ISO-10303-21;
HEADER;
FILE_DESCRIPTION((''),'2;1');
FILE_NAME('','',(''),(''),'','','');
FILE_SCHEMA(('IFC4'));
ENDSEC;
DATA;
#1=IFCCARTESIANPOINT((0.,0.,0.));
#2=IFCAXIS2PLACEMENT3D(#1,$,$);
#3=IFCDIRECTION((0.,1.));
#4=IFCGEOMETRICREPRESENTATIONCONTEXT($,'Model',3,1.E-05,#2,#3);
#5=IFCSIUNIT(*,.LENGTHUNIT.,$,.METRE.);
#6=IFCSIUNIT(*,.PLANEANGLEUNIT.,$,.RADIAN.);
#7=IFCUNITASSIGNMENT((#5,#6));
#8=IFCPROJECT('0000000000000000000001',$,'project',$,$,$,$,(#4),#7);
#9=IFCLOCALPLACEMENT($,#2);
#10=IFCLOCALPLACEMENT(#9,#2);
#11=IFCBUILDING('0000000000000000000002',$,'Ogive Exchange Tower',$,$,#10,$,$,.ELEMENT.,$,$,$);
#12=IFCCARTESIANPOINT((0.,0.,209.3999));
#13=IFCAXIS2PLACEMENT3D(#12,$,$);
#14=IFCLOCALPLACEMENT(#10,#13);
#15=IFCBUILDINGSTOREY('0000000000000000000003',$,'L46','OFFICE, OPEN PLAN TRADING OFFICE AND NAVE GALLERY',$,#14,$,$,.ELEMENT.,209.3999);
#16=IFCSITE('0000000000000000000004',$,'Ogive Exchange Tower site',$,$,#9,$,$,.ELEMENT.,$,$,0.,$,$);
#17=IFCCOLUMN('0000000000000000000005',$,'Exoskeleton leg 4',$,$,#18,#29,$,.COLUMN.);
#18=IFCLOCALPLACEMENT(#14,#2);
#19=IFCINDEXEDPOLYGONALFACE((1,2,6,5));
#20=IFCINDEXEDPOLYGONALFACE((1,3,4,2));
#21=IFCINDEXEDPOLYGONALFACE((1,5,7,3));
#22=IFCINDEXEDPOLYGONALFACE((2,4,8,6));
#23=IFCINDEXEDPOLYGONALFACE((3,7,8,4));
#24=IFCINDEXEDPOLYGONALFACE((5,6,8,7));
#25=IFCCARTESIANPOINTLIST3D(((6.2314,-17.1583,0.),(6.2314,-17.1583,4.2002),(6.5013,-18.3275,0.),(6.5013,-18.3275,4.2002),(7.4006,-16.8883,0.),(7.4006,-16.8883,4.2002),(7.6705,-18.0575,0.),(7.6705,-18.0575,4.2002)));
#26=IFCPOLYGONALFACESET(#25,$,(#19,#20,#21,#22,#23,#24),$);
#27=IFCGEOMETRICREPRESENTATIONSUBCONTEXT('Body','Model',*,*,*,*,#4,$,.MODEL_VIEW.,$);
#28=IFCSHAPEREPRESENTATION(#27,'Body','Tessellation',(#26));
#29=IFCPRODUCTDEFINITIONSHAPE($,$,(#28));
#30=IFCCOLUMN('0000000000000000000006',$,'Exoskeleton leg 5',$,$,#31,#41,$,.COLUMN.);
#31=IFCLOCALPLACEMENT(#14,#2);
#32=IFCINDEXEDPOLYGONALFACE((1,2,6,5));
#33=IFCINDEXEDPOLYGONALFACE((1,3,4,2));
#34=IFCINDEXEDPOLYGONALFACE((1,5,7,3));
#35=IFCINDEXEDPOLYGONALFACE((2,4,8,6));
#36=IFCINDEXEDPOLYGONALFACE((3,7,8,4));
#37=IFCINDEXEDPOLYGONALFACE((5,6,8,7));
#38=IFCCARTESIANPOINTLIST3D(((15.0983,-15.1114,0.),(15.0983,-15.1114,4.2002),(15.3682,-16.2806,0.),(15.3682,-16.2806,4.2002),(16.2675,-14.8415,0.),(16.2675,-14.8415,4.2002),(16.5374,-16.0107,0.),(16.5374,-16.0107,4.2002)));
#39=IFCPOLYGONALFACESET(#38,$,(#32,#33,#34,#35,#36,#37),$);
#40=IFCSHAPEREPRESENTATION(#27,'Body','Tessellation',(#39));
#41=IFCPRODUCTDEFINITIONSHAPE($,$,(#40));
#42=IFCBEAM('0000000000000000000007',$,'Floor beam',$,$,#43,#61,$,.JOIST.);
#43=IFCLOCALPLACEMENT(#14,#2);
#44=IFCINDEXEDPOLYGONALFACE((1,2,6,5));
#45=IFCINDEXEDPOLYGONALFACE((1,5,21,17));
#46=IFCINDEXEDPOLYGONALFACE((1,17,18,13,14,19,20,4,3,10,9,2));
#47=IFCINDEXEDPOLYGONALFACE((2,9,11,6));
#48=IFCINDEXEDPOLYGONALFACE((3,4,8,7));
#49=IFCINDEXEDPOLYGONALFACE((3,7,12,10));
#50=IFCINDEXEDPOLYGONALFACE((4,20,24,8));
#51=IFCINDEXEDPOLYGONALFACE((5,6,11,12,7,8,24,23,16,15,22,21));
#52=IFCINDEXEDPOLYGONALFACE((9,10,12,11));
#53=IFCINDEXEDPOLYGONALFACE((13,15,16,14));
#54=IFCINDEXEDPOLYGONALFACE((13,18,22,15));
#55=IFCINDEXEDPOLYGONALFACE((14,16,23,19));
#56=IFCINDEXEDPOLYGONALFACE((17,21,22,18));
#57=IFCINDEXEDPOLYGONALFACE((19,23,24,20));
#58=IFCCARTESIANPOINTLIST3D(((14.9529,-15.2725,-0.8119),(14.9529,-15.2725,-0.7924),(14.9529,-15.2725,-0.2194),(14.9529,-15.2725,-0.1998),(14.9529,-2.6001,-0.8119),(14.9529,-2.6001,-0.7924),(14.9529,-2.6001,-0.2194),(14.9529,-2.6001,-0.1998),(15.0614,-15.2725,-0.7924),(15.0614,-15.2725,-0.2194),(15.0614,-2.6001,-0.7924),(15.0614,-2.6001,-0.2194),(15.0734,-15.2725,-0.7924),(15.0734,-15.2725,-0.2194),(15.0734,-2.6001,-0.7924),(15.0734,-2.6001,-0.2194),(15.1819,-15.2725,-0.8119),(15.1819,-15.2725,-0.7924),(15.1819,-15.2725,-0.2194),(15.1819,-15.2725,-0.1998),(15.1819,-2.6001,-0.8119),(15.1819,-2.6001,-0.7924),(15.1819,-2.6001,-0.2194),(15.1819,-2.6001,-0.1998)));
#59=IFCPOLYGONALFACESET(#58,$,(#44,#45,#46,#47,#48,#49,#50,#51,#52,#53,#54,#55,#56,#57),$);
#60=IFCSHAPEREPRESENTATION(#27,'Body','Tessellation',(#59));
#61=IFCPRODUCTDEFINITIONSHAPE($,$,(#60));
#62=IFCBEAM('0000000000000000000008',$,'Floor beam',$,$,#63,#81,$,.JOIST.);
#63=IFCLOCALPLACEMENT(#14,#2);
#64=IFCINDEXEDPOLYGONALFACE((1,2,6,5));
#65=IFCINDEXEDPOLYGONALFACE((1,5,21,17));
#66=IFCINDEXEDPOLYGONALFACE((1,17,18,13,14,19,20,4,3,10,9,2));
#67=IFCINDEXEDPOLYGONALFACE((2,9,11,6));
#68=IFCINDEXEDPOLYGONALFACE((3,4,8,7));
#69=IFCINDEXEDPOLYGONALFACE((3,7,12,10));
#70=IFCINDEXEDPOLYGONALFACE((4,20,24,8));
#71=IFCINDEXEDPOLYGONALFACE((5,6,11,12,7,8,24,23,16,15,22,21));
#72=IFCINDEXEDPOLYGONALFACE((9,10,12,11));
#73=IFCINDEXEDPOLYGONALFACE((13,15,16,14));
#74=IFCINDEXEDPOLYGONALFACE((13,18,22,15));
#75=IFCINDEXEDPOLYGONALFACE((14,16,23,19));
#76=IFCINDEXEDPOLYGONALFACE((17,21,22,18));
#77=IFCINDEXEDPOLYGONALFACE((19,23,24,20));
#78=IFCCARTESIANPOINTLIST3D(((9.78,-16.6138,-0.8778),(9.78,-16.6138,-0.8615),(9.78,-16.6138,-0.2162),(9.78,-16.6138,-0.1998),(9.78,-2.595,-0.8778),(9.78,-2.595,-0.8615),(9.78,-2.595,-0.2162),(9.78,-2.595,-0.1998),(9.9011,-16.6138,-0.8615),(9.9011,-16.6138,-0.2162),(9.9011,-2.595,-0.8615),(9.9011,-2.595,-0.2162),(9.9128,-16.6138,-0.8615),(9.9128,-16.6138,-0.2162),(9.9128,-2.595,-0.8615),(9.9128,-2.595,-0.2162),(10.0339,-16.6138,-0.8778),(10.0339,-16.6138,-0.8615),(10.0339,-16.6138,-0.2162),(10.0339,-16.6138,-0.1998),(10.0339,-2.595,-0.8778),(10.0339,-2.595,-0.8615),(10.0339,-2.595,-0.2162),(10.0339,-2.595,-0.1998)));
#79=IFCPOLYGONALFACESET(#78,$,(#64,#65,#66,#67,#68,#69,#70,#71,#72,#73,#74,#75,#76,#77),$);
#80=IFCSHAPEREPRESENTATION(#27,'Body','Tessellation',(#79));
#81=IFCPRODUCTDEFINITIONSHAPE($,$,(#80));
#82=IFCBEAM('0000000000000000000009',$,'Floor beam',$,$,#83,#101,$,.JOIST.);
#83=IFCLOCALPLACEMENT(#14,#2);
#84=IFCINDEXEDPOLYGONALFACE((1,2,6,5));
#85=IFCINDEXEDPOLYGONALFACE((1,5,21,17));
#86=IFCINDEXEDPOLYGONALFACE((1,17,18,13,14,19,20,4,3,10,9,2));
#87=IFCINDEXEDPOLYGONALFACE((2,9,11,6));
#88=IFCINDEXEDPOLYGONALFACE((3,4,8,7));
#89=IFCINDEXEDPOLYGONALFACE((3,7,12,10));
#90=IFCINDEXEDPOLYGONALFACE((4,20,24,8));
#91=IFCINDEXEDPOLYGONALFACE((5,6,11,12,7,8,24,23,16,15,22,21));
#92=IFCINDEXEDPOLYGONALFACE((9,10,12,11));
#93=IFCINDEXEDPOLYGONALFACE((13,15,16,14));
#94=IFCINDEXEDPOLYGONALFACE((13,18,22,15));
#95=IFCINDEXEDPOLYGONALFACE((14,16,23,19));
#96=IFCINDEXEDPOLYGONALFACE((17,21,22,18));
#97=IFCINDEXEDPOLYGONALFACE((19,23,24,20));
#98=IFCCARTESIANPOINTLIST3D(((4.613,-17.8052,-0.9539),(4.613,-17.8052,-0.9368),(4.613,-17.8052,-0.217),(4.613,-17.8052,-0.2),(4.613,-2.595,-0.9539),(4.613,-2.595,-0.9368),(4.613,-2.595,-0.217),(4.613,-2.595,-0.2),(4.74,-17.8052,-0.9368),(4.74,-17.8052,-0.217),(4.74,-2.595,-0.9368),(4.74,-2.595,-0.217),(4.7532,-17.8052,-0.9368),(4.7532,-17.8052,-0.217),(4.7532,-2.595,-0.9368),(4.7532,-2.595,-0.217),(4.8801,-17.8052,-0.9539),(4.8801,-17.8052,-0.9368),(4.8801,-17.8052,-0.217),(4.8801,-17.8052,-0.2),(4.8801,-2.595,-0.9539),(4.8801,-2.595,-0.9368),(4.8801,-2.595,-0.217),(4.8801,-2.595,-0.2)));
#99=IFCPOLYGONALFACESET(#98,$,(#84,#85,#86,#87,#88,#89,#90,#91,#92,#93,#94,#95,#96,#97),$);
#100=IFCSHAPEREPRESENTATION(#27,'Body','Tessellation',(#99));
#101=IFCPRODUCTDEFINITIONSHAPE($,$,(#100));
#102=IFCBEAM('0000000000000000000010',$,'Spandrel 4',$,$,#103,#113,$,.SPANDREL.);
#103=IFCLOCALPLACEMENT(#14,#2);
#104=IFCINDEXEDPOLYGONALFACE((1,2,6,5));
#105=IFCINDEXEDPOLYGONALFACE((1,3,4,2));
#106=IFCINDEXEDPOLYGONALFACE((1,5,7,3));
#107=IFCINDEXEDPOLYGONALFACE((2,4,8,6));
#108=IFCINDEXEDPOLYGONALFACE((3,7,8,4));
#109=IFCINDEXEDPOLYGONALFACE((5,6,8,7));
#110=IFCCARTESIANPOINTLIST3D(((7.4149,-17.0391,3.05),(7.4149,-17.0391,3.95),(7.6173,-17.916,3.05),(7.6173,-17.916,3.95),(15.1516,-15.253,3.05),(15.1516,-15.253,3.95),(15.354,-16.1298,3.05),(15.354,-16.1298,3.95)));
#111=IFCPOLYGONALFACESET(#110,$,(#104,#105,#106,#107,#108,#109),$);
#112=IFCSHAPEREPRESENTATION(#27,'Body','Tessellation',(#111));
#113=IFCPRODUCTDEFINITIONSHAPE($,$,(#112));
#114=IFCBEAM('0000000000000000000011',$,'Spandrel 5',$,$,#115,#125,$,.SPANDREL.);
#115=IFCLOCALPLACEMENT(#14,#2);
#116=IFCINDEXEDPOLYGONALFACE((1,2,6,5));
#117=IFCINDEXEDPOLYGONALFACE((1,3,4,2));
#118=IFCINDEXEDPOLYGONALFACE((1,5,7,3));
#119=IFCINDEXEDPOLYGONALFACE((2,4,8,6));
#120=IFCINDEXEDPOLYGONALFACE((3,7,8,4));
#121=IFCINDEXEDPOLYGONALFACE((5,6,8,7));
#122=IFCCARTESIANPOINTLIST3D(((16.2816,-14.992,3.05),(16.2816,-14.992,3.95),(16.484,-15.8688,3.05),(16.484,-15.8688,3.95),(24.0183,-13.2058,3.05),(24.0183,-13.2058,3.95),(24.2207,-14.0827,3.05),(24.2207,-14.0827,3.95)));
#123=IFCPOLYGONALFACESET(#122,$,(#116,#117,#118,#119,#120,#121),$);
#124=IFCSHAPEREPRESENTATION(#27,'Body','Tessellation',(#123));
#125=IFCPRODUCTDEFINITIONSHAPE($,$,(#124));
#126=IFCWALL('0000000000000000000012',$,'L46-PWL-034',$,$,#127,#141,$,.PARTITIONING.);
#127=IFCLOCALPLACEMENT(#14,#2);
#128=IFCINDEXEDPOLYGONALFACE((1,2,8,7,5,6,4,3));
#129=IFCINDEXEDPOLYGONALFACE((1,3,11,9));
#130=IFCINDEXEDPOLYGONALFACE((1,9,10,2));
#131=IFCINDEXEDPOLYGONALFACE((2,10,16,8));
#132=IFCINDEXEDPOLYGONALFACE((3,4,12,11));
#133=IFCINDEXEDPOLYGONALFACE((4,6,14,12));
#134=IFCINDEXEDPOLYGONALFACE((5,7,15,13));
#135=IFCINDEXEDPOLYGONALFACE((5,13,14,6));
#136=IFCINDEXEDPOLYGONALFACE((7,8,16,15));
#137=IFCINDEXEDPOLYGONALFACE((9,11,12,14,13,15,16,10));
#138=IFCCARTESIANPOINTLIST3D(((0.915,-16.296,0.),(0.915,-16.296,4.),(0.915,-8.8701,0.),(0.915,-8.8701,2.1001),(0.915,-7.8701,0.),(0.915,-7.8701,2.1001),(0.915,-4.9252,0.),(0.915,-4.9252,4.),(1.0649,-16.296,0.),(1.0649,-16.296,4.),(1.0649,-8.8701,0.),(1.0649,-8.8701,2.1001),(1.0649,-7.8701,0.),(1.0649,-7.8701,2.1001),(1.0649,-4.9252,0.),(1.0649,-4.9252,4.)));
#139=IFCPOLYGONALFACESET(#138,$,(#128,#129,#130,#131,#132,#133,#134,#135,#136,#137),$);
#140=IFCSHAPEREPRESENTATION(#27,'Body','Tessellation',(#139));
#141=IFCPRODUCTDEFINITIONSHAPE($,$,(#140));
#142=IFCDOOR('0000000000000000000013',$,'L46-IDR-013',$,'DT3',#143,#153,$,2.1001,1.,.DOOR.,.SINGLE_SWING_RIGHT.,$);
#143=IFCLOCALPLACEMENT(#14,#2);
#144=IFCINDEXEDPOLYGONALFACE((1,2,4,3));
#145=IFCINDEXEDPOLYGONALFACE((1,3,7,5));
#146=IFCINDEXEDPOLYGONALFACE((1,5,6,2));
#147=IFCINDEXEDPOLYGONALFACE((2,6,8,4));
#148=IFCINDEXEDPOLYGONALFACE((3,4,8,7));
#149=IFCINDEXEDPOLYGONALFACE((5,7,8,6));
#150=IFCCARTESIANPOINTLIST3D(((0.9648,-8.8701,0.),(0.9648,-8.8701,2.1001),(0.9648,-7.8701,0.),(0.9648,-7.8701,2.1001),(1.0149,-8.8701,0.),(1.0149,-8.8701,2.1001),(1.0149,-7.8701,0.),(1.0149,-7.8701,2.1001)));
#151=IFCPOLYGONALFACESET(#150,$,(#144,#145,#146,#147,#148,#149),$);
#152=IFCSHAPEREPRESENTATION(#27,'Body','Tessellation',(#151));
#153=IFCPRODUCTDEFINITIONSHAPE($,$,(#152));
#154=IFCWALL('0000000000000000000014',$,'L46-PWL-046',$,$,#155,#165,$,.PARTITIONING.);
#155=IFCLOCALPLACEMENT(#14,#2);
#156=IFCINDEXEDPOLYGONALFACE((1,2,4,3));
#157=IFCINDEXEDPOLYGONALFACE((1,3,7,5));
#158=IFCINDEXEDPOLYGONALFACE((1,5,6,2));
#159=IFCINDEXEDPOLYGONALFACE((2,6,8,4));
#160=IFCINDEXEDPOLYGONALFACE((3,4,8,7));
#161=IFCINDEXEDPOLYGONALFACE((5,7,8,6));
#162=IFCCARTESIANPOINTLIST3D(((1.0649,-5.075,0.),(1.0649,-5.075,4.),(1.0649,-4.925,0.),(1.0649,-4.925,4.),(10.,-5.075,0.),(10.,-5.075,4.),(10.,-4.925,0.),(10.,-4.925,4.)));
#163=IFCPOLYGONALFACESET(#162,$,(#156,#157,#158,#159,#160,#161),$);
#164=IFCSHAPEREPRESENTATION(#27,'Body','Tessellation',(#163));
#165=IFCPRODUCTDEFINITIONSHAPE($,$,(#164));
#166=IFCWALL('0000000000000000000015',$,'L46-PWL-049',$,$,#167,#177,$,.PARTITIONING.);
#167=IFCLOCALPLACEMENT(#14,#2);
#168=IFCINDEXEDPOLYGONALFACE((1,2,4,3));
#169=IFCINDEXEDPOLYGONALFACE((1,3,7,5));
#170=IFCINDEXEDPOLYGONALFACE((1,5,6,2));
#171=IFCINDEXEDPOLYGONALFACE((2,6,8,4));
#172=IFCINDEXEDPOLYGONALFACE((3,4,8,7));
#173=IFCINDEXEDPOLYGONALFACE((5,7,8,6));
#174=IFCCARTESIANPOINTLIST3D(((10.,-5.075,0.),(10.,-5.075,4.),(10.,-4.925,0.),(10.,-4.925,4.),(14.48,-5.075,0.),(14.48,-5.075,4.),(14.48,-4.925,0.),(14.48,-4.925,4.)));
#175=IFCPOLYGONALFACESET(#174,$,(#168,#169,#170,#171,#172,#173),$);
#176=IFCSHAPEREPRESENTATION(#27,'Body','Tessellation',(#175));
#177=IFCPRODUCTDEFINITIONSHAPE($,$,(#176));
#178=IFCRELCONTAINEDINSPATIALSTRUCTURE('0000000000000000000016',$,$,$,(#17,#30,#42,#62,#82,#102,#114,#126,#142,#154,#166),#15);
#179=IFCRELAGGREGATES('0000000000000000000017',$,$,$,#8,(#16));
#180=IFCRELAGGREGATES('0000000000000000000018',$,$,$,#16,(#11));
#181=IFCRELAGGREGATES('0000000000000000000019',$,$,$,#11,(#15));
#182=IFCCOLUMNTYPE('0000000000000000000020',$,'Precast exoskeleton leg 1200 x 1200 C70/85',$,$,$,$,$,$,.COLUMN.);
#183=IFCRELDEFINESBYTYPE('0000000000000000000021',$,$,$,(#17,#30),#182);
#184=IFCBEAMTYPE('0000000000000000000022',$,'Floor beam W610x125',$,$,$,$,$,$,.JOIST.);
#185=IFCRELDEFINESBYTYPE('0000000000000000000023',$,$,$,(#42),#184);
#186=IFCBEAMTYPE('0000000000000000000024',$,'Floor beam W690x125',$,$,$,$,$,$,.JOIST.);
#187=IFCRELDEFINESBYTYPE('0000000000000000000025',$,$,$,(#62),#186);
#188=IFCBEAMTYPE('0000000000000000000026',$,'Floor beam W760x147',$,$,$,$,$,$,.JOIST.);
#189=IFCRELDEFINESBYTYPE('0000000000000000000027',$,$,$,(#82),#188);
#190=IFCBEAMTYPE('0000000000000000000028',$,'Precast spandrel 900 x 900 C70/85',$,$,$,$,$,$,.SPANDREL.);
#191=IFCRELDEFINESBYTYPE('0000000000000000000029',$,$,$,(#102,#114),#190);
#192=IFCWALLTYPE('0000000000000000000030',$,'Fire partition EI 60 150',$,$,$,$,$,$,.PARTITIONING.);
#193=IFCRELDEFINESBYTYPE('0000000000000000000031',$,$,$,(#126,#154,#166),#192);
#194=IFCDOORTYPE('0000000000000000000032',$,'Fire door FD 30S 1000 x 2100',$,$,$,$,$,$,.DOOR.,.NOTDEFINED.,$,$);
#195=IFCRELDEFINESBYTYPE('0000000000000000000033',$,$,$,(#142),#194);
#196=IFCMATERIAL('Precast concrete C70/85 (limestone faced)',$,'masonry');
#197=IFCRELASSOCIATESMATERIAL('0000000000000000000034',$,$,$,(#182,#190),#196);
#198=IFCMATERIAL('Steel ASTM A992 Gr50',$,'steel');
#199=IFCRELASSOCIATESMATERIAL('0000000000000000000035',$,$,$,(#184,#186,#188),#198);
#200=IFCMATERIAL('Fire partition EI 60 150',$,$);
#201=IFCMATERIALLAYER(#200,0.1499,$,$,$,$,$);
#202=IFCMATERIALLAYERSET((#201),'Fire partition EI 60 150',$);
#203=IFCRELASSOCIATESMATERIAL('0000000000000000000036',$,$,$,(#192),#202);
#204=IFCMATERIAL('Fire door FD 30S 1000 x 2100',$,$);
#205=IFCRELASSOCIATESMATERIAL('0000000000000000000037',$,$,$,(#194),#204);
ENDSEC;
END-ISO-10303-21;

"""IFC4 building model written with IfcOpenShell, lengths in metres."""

from ifc_helpers import new_model, si_unit, direction, frame, frame_2d, origin, origin_2d, place, context, subcontext, project, spatial, rectangle, i_section, extrude, material, layer, layer_set, material_profile, profile_set, type_object, element, fill, save


model = new_model("IFC4")

# Units and contexts
model_context = context("Model", 3, precision=1e-05, world=origin(), true_north=direction((0.0, 1.0)))
body_context = subcontext(model_context, "Body", "Model", "MODEL_VIEW")
ifc_project = project(units=[si_unit("LENGTHUNIT", "METRE"), si_unit("PLANEANGLEUNIT", "RADIAN")], contexts=[model_context])

# Site, building, storey
site_placement = place(None, origin())
site = spatial("IfcSite", under=ifc_project, at=site_placement, Name="Ogive Exchange Tower site", CompositionType="ELEMENT", RefElevation=0.0)
building_placement = place(site_placement, origin())
building = spatial("IfcBuilding", under=site, at=building_placement, Name="Ogive Exchange Tower", CompositionType="ELEMENT")
storey_placement = place(building_placement, frame((0.0, 0.0, 209.3999)))
storey = spatial("IfcBuildingStorey", under=building, at=storey_placement, Name="L46", Description="OFFICE, OPEN PLAN TRADING OFFICE AND NAVE GALLERY", CompositionType="ELEMENT", Elevation=209.3999)

# Columns
ifc_material_1 = material(Name="Precast concrete C70/85 (limestone faced)", Category="masonry")
ifc_material_profile_1 = material_profile(ifc_material_1, rectangle(XDim=1.2, YDim=1.2, at=origin_2d()), Name="1200 x 1200")
ifc_profile_set_1 = profile_set([ifc_material_profile_1], Name="Precast concrete C70/85 (limestone faced)")
column_type = type_object("IfcColumnType", Name="Precast exoskeleton leg 1200 x 1200 C70/85", PredefinedType="COLUMN", material=ifc_profile_set_1)
for number, where, z_axis, x_axis, name in (
    (1, (6.9509, -17.6079, 0.0), (0.0, 0.0, 1.0), (0.97437, 0.224951, 0.0), "Exoskeleton leg 4"),
    (2, (15.8179, -15.561, 0.0), (0.0, 0.0, 1.0), (0.97437, 0.224951, 0.0), "Exoskeleton leg 5"),
):
    element("IfcColumn", number, at=place(storey_placement, frame(where, z_axis=z_axis, x_axis=x_axis)), inside=storey, type_object=column_type, Name=name, PredefinedType="COLUMN", context=body_context, shape_type="SweptSolid", body=[
        extrude(rectangle(XDim=1.2, YDim=1.2, at=origin_2d()), origin(), (0.0, 0.0, 1.0), 4.2002),
    ])

# Beams
ifc_material_2 = material(Name="Steel ASTM A992 Gr50", Category="steel")
ifc_material_profile_2 = material_profile(ifc_material_2, i_section(OverallWidth=0.229, OverallDepth=0.6121, WebThickness=0.012, FlangeThickness=0.0195, at=origin_2d()), Name="W610x125")
ifc_profile_set_2 = profile_set([ifc_material_profile_2], Name="Steel ASTM A992 Gr50")
beam_type_1 = type_object("IfcBeamType", Name="Floor beam W610x125", PredefinedType="JOIST", material=ifc_profile_set_2)
beam_1_placement = place(storey_placement, frame((15.0674, -15.2725, -0.5059), z_axis=(0.0, 1.0, 0.0), x_axis=(-1.0, 0.0, 0.0)))
element("IfcBeam", 3, at=beam_1_placement, inside=storey, type_object=beam_type_1, Name="Floor beam", PredefinedType="JOIST", context=body_context, shape_type="SweptSolid", body=[
    extrude(i_section(OverallWidth=0.229, OverallDepth=0.6121, WebThickness=0.012, FlangeThickness=0.0195, at=origin_2d()), origin(), (0.0, 0.0, 1.0), 12.6724),
])
ifc_material_profile_3 = material_profile(ifc_material_2, i_section(OverallWidth=0.2539, OverallDepth=0.678, WebThickness=0.0117, FlangeThickness=0.0164, at=origin_2d()), Name="W690x125")
ifc_profile_set_3 = profile_set([ifc_material_profile_3], Name="Steel ASTM A992 Gr50")
beam_type_2 = type_object("IfcBeamType", Name="Floor beam W690x125", PredefinedType="JOIST", material=ifc_profile_set_3)
beam_2_placement = place(storey_placement, frame((9.907, -16.6138, -0.5388), z_axis=(0.0, 1.0, 0.0), x_axis=(-1.0, 0.0, 0.0)))
element("IfcBeam", 4, at=beam_2_placement, inside=storey, type_object=beam_type_2, Name="Floor beam", PredefinedType="JOIST", context=body_context, shape_type="SweptSolid", body=[
    extrude(i_section(OverallWidth=0.2539, OverallDepth=0.678, WebThickness=0.0117, FlangeThickness=0.0164, at=origin_2d()), origin(), (0.0, 0.0, 1.0), 14.0188),
])
ifc_material_profile_4 = material_profile(ifc_material_2, i_section(OverallWidth=0.2671, OverallDepth=0.7539, WebThickness=0.0132, FlangeThickness=0.0171, at=origin_2d()), Name="W760x147")
ifc_profile_set_4 = profile_set([ifc_material_profile_4], Name="Steel ASTM A992 Gr50")
beam_type_3 = type_object("IfcBeamType", Name="Floor beam W760x147", PredefinedType="JOIST", material=ifc_profile_set_4)
beam_3_placement = place(storey_placement, frame((4.7466, -17.8052, -0.5769), z_axis=(0.0, 1.0, 0.0), x_axis=(-1.0, 0.0, 0.0)))
element("IfcBeam", 5, at=beam_3_placement, inside=storey, type_object=beam_type_3, Name="Floor beam", PredefinedType="JOIST", context=body_context, shape_type="SweptSolid", body=[
    extrude(i_section(OverallWidth=0.2671, OverallDepth=0.7539, WebThickness=0.0132, FlangeThickness=0.0171, at=origin_2d()), origin(), (0.0, 0.0, 1.0), 15.2102),
])
ifc_material_profile_5 = material_profile(ifc_material_1, rectangle(XDim=0.8999, YDim=0.8999, at=origin_2d()), Name="900 x 900")
ifc_profile_set_5 = profile_set([ifc_material_profile_5], Name="Precast concrete C70/85 (limestone faced)")
beam_type_4 = type_object("IfcBeamType", Name="Precast spandrel 900 x 900 C70/85", PredefinedType="SPANDREL", material=ifc_profile_set_5)
for number, where, z_axis, x_axis, name in (
    (6, (7.5161, -17.4775, 3.5), (0.97437, 0.224952, 0.0), (-0.224952, 0.97437, 0.0), "Spandrel 4"),
    (7, (16.3828, -15.4304, 3.5), (0.97437, 0.224952, 0.0), (-0.224952, 0.97437, 0.0), "Spandrel 5"),
):
    element("IfcBeam", number, at=place(storey_placement, frame(where, z_axis=z_axis, x_axis=x_axis)), inside=storey, type_object=beam_type_4, Name=name, PredefinedType="SPANDREL", context=body_context, shape_type="SweptSolid", body=[
        extrude(rectangle(XDim=0.8999, YDim=0.8999, at=origin_2d()), origin(), (0.0, 0.0, 1.0), 7.9402),
    ])

# Wall, opening, door
ifc_material_3 = material(Name="Fire partition EI 60 150")
ifc_layer_1 = layer(ifc_material_3, 0.1499)
ifc_layer_set_1 = layer_set([ifc_layer_1], Name="Fire partition EI 60 150")
wall_type_1 = type_object("IfcWallType", Name="Fire partition EI 60 150", PredefinedType="PARTITIONING", material=ifc_layer_set_1)
wall_1_placement = place(storey_placement, frame((0.99, -4.925, 0.0), z_axis=(0.0, 0.0, 1.0), x_axis=(0.0, -1.0, 0.0)))
wall_1 = element("IfcWall", 8, at=wall_1_placement, inside=storey, type_object=wall_type_1, Name="L46-PWL-034", PredefinedType="PARTITIONING", context=body_context, shape_type="SweptSolid", body=[
    extrude(rectangle(XDim=11.3708, YDim=0.1499, at=frame_2d((5.6855, 0.0))), origin(), (0.0, 0.0, 1.0), 4.0),
])
opening_1_placement = place(wall_1_placement, frame((2.9451, 0.0, 0.0)))
opening_1 = element("IfcOpeningElement", 9, at=opening_1_placement, cuts=wall_1, PredefinedType="OPENING", context=body_context, shape_type="SweptSolid", body=[
    extrude(rectangle(XDim=1.0, YDim=2.1001, at=frame_2d((0.5, 1.05))), frame((0.0, 0.085, 0.0), z_axis=(0.0, -1.0, 0.0), x_axis=(1.0, 0.0, 0.0)), (0.0, 0.0, 1.0), 0.1699),
])
ifc_material_4 = material(Name="Fire door FD 30S 1000 x 2100")
door_type_1 = type_object("IfcDoorType", Name="Fire door FD 30S 1000 x 2100", OperationType="NOTDEFINED", PredefinedType="DOOR", material=ifc_material_4)
door_1_placement = place(opening_1_placement, origin())
door_1 = element("IfcDoor", 10, at=door_1_placement, inside=storey, type_object=door_type_1, Name="L46-IDR-013", ObjectType="DT3", OperationType="SINGLE_SWING_RIGHT", OverallHeight=2.1001, OverallWidth=1.0, PredefinedType="DOOR", context=body_context, shape_type="SweptSolid", body=[
    extrude(rectangle(XDim=1.0, YDim=2.1001, at=frame_2d((0.5, 1.05))), frame((0.0, 0.0249, 0.0), z_axis=(0.0, -1.0, 0.0), x_axis=(1.0, 0.0, 0.0)), (0.0, 0.0, 1.0), 0.05),
])
fill(opening_1, door_1)

# Walls
wall_2_placement = place(storey_placement, frame((10.0, -5.0, 0.0), z_axis=(0.0, 0.0, 1.0), x_axis=(-1.0, 0.0, 0.0)))
element("IfcWall", 11, at=wall_2_placement, inside=storey, type_object=wall_type_1, Name="L46-PWL-046", PredefinedType="PARTITIONING", context=body_context, shape_type="SweptSolid", body=[
    extrude(rectangle(XDim=8.9351, YDim=0.1499, at=frame_2d((4.4675, 0.0))), origin(), (0.0, 0.0, 1.0), 4.0),
])
wall_3_placement = place(storey_placement, frame((14.48, -5.0, 0.0), z_axis=(0.0, 0.0, 1.0), x_axis=(-1.0, 0.0, 0.0)))
element("IfcWall", 12, at=wall_3_placement, inside=storey, type_object=wall_type_1, Name="L46-PWL-049", PredefinedType="PARTITIONING", context=body_context, shape_type="SweptSolid", body=[
    extrude(rectangle(XDim=4.48, YDim=0.1499, at=frame_2d((2.24, 0.0))), origin(), (0.0, 0.0, 1.0), 4.0),
])

save(model, "model.ifc")
